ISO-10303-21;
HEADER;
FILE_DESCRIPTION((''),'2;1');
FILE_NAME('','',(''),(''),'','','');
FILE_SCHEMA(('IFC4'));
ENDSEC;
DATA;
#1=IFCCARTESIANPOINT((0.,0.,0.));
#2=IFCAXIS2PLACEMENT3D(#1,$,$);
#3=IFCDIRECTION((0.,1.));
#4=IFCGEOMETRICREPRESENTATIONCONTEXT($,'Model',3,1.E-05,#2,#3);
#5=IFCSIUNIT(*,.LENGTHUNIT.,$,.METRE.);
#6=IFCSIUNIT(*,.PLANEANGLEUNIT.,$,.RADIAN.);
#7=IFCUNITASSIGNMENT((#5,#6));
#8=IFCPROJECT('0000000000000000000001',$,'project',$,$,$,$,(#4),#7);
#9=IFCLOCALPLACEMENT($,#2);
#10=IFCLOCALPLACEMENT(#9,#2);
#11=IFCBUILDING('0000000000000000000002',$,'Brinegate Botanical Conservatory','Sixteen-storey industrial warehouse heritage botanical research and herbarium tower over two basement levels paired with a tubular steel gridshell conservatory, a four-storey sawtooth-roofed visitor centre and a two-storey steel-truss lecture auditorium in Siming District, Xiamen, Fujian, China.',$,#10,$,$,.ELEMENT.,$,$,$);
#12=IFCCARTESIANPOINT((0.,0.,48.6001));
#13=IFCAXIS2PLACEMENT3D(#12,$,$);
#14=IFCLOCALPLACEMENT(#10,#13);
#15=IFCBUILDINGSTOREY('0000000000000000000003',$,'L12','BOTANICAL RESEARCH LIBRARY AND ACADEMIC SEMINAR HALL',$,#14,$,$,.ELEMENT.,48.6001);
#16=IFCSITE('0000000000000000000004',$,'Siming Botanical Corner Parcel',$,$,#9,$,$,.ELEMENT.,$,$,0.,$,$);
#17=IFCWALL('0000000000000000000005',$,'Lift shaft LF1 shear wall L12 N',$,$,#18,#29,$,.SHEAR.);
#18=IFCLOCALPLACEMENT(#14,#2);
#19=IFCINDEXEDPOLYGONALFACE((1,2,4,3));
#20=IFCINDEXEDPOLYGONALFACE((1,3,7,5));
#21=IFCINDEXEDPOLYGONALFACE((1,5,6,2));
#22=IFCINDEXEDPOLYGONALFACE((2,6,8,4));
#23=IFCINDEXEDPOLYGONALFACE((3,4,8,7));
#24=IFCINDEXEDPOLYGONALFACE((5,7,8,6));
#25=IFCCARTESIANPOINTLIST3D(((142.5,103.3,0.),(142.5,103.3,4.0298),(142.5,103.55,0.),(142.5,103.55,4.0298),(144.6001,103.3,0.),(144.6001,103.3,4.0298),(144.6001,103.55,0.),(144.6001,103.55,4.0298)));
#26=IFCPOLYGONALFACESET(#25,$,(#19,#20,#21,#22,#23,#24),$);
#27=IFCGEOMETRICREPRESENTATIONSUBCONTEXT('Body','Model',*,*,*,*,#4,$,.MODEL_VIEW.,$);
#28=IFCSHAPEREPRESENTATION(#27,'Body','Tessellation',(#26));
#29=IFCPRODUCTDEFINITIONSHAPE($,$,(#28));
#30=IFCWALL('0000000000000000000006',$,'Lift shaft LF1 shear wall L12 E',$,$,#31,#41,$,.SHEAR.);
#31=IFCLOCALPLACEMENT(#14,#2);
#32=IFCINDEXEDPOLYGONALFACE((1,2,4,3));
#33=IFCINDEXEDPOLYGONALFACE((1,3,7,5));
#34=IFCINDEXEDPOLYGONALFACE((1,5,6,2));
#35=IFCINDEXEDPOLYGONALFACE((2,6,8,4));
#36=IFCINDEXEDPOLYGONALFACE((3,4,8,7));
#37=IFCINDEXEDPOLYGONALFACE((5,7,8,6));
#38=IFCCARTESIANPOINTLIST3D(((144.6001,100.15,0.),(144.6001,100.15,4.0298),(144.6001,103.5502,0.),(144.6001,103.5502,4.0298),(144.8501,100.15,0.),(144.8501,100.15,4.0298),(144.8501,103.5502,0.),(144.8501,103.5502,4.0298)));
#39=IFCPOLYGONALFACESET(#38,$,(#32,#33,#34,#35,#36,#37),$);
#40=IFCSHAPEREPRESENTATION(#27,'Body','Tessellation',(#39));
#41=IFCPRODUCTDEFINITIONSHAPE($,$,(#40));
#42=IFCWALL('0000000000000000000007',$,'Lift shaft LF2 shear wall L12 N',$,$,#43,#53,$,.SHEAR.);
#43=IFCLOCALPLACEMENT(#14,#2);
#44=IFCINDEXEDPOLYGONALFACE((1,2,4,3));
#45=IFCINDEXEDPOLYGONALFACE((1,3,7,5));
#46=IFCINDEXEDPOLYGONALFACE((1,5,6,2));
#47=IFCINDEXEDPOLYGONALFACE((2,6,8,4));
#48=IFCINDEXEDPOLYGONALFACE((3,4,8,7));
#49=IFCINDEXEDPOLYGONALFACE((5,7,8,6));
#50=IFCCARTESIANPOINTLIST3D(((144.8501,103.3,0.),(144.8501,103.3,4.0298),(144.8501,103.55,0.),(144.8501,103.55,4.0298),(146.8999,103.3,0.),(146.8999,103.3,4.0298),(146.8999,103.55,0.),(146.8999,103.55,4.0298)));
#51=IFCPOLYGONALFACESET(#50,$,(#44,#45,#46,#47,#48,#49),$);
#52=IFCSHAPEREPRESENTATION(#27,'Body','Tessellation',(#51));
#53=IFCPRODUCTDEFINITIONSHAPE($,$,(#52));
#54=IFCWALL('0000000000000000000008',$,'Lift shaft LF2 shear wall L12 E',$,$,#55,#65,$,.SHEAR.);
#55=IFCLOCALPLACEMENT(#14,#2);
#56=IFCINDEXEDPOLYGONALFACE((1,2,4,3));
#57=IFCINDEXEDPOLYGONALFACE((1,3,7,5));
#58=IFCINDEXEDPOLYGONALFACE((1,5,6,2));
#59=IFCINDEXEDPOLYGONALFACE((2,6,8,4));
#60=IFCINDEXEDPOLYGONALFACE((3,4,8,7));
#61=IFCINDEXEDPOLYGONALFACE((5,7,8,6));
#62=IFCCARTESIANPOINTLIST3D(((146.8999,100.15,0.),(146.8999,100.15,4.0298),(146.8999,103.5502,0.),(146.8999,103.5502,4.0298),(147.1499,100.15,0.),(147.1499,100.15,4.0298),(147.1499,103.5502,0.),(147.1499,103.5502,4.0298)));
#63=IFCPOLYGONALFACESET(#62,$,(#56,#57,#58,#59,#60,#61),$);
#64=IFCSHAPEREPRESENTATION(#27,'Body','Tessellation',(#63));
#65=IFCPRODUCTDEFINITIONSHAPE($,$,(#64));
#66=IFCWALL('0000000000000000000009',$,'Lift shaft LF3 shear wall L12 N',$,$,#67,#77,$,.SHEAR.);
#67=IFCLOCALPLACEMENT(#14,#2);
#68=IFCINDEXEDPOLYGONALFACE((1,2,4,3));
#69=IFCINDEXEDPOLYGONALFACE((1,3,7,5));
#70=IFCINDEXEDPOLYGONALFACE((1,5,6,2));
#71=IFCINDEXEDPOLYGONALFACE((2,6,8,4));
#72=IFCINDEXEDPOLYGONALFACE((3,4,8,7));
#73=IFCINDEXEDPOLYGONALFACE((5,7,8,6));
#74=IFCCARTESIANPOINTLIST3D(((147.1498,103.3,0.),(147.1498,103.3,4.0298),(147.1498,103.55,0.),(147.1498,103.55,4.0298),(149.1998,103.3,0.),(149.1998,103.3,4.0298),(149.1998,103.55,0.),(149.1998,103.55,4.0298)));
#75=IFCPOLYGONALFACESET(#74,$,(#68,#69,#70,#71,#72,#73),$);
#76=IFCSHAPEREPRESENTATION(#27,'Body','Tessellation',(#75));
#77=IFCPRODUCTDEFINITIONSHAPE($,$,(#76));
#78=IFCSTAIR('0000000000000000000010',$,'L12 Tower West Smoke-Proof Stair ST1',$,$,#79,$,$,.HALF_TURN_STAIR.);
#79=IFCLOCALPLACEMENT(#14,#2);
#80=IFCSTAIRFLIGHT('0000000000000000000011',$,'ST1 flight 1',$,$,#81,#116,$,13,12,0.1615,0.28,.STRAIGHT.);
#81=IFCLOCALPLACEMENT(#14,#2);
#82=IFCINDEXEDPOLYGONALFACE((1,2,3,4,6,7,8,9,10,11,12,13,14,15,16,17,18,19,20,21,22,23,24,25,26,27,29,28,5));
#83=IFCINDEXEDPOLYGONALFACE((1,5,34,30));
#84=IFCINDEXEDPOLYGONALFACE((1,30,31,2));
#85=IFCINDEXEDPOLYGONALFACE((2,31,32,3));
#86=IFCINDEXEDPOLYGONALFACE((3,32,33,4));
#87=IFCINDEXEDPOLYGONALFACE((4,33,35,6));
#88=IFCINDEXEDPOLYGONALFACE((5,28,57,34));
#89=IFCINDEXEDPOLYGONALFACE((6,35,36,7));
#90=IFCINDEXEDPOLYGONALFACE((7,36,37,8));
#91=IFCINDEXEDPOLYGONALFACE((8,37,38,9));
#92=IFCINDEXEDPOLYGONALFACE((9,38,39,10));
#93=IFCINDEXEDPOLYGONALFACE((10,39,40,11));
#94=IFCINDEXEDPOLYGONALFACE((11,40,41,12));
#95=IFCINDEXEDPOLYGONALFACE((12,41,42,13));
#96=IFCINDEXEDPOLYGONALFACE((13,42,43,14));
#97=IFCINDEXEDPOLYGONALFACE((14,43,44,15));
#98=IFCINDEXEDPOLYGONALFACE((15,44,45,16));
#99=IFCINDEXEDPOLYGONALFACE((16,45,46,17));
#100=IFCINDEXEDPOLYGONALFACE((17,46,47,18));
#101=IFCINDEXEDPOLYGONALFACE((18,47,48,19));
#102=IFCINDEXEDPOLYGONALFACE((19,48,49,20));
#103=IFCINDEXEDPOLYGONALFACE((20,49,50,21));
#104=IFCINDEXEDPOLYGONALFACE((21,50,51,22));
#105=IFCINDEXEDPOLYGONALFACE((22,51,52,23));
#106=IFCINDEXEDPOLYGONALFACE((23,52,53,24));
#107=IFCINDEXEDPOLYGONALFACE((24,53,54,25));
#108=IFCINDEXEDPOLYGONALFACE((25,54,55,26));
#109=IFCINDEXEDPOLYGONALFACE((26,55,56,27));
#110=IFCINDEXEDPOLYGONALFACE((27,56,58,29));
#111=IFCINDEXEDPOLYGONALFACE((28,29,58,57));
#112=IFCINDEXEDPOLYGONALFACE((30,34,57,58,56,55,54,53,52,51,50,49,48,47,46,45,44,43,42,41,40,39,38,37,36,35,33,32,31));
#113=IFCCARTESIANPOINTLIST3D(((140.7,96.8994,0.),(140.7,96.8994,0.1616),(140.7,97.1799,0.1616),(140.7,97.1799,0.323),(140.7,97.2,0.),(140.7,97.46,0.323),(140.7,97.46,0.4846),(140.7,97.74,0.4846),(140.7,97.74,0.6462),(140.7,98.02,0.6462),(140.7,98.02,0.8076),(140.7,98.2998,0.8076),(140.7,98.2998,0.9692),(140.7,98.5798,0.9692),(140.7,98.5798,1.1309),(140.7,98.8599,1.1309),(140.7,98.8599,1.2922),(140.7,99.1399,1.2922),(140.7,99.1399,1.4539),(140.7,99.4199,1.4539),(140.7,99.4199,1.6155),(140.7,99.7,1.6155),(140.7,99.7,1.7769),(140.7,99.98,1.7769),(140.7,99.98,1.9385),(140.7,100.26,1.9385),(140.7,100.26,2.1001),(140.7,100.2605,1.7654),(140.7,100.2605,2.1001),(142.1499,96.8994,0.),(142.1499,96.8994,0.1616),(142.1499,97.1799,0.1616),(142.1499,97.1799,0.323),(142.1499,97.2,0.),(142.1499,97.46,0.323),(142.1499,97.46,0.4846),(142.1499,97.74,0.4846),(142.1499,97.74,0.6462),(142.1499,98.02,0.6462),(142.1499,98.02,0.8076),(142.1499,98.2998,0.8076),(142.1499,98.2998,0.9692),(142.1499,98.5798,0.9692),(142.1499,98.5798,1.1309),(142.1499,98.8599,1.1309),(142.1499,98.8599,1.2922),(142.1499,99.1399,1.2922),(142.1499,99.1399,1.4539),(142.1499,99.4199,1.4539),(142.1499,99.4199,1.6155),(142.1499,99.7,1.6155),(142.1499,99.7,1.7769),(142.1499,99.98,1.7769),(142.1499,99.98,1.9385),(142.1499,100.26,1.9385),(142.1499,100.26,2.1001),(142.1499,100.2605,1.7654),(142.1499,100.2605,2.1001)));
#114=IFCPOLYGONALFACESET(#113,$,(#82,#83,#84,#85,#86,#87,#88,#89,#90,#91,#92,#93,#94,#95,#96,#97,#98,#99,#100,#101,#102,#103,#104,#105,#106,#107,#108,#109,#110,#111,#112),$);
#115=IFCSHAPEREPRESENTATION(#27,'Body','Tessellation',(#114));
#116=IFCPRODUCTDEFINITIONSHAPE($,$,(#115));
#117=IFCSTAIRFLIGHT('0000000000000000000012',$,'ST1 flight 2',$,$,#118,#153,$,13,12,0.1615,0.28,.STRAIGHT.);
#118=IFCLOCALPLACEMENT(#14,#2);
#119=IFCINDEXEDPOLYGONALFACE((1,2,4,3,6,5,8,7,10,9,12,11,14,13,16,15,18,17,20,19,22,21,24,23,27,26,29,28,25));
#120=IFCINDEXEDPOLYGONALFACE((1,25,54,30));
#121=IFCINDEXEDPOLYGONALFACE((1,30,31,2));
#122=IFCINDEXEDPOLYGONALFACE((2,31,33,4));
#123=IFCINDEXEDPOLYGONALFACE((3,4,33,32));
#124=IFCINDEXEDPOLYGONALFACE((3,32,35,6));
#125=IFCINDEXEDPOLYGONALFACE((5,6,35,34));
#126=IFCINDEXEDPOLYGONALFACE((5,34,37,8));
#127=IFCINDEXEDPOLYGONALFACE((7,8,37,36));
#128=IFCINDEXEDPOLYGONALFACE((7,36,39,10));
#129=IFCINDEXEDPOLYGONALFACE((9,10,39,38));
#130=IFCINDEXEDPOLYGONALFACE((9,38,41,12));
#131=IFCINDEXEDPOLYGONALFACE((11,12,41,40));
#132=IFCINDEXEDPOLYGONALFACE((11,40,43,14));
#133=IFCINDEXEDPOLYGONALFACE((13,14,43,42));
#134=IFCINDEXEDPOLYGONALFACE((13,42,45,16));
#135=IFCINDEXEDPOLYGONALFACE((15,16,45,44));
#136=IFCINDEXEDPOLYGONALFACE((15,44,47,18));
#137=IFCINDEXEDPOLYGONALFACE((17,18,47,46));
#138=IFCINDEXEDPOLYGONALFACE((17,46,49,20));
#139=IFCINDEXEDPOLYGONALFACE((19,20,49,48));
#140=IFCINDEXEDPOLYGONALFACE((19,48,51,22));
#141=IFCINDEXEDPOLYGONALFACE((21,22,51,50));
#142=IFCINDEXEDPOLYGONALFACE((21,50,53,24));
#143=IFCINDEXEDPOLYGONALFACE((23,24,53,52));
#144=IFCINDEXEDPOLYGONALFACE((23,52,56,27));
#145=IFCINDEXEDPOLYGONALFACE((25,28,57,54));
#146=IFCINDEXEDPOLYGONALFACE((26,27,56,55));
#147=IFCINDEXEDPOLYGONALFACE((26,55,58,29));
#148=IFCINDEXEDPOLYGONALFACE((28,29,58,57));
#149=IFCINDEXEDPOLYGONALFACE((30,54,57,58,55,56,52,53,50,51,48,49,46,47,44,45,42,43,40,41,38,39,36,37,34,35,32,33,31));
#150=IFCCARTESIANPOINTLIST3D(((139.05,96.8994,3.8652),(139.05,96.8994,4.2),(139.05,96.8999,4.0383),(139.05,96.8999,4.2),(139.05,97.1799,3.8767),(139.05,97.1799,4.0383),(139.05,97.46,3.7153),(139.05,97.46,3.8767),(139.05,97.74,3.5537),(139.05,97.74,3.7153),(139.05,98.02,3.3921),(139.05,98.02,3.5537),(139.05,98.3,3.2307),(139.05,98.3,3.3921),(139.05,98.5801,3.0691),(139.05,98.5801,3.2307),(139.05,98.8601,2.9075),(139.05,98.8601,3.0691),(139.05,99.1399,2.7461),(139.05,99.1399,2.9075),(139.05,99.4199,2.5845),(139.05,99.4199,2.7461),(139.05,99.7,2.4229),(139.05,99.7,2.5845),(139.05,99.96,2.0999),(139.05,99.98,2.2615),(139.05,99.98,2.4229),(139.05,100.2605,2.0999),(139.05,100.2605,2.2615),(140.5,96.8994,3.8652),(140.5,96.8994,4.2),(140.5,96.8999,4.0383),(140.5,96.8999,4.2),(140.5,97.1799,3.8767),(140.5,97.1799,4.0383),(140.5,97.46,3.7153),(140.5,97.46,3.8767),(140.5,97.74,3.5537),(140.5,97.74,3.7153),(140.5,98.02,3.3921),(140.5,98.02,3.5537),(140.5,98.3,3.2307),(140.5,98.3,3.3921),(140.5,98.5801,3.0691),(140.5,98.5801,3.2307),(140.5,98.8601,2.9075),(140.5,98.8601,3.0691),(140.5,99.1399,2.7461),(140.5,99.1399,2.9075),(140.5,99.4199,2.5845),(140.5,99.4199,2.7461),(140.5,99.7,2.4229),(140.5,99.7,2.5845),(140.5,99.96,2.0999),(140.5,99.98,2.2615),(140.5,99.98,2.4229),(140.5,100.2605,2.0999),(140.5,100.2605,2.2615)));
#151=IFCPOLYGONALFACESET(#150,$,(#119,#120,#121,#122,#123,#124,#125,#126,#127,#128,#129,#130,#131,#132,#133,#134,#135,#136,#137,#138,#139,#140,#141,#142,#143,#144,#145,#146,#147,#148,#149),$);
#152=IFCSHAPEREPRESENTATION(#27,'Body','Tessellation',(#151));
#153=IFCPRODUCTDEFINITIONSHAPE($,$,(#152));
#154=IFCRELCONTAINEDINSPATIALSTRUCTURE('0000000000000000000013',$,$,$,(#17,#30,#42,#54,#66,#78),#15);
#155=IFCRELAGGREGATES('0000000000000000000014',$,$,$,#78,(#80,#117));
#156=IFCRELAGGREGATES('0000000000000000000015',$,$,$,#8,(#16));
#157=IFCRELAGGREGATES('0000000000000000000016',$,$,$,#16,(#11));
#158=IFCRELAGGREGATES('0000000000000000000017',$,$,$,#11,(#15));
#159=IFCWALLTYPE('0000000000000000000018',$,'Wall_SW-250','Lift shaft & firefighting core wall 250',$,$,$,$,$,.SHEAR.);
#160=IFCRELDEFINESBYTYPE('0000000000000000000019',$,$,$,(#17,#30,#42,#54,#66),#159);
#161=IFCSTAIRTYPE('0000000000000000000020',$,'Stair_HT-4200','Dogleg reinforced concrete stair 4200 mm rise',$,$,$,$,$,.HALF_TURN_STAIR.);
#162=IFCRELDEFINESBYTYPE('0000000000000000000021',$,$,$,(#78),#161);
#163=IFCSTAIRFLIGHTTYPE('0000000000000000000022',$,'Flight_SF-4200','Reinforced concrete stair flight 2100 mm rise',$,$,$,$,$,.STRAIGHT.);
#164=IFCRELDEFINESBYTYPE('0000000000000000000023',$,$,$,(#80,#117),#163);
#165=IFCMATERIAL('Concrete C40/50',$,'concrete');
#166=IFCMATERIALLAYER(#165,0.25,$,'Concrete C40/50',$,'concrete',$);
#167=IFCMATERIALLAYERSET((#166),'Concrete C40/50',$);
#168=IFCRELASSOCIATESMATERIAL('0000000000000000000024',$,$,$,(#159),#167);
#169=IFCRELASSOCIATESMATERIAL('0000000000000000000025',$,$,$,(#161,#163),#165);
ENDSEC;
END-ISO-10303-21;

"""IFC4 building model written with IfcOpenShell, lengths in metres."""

from ifc_helpers import new_model, si_unit, direction, frame, frame_2d, origin, place, context, subcontext, project, spatial, polyline, rectangle, outline, extrude, material, layer, layer_set, type_object, element, aggregate, save


model = new_model("IFC4")

# Units and contexts
model_context = context("Model", 3, precision=1e-05, world=origin(), true_north=direction((0.0, 1.0)))
body_context = subcontext(model_context, "Body", "Model", "MODEL_VIEW")
ifc_project = project(units=[si_unit("LENGTHUNIT", "METRE"), si_unit("PLANEANGLEUNIT", "RADIAN")], contexts=[model_context])

# Site, building, storey
site_placement = place(None, origin())
site = spatial("IfcSite", under=ifc_project, at=site_placement, Name="Siming Botanical Corner Parcel", CompositionType="ELEMENT", RefElevation=0.0)
building_placement = place(site_placement, origin())
building = spatial("IfcBuilding", under=site, at=building_placement, Name="Brinegate Botanical Conservatory", Description="Sixteen-storey industrial warehouse heritage botanical research and herbarium tower over two basement levels paired with a tubular steel gridshell conservatory, a four-storey sawtooth-roofed visitor centre and a two-storey steel-truss lecture auditorium in Siming District, Xiamen, Fujian, China.", CompositionType="ELEMENT")
storey_placement = place(building_placement, frame((0.0, 0.0, 48.6001)))
storey = spatial("IfcBuildingStorey", under=building, at=storey_placement, Name="L12", Description="BOTANICAL RESEARCH LIBRARY AND ACADEMIC SEMINAR HALL", CompositionType="ELEMENT", Elevation=48.6001)

# Shared definitions
ifc_material_1 = material(Name="Concrete C40/50", Category="concrete")
ifc_layer = layer(ifc_material_1, 0.25, Name="Concrete C40/50", Category="concrete")
ifc_layer_set = layer_set([ifc_layer], Name="Concrete C40/50")
wall_type = type_object("IfcWallType", Name="Wall_SW-250", Description="Lift shaft & firefighting core wall 250", PredefinedType="SHEAR", material=ifc_layer_set)

# Walls
wall_1_placement = place(storey_placement, frame((142.5, 103.425, 0.0), z_axis=(0.0, 0.0, 1.0), x_axis=(1.0, 0.0, 0.0)))
element("IfcWall", 1, at=wall_1_placement, inside=storey, type_object=wall_type, Name="Lift shaft LF1 shear wall L12 N", PredefinedType="SHEAR", context=body_context, shape_type="SweptSolid", body=[
    extrude(rectangle(XDim=2.1001, YDim=0.25, at=frame_2d((1.05, 0.0))), origin(), (0.0, 0.0, 1.0), 4.0298),
])
wall_2_placement = place(storey_placement, frame((144.7251, 100.1499, 0.0), z_axis=(0.0, 0.0, 1.0), x_axis=(0.0, 1.0, 0.0)))
element("IfcWall", 2, at=wall_2_placement, inside=storey, type_object=wall_type, Name="Lift shaft LF1 shear wall L12 E", PredefinedType="SHEAR", context=body_context, shape_type="SweptSolid", body=[
    extrude(rectangle(XDim=3.4001, YDim=0.25, at=frame_2d((1.7002, 0.0))), origin(), (0.0, 0.0, 1.0), 4.0298),
])

# Walls
wall_3_placement = place(storey_placement, frame((144.8501, 103.425, 0.0), z_axis=(0.0, 0.0, 1.0), x_axis=(1.0, 0.0, 0.0)))
element("IfcWall", 3, at=wall_3_placement, inside=storey, type_object=wall_type, Name="Lift shaft LF2 shear wall L12 N", PredefinedType="SHEAR", context=body_context, shape_type="SweptSolid", body=[
    extrude(rectangle(XDim=2.0498, YDim=0.25, at=frame_2d((1.0249, 0.0))), origin(), (0.0, 0.0, 1.0), 4.0298),
])
wall_4_placement = place(storey_placement, frame((147.0249, 100.1499, 0.0), z_axis=(0.0, 0.0, 1.0), x_axis=(0.0, 1.0, 0.0)))
element("IfcWall", 4, at=wall_4_placement, inside=storey, type_object=wall_type, Name="Lift shaft LF2 shear wall L12 E", PredefinedType="SHEAR", context=body_context, shape_type="SweptSolid", body=[
    extrude(rectangle(XDim=3.4001, YDim=0.25, at=frame_2d((1.7002, 0.0))), origin(), (0.0, 0.0, 1.0), 4.0298),
])

# Wall
wall_5_placement = place(storey_placement, frame((147.1499, 103.425, 0.0), z_axis=(0.0, 0.0, 1.0), x_axis=(1.0, 0.0, 0.0)))
element("IfcWall", 5, at=wall_5_placement, inside=storey, type_object=wall_type, Name="Lift shaft LF3 shear wall L12 N", PredefinedType="SHEAR", context=body_context, shape_type="SweptSolid", body=[
    extrude(rectangle(XDim=2.05, YDim=0.25, at=frame_2d((1.0249, 0.0))), origin(), (0.0, 0.0, 1.0), 4.0298),
])

# Stair, stair flights
stair_type = type_object("IfcStairType", Name="Stair_HT-4200", Description="Dogleg reinforced concrete stair 4200 mm rise", PredefinedType="HALF_TURN_STAIR", material=ifc_material_1)
stair_placement = place(storey_placement, origin())
stair = element("IfcStair", 6, at=stair_placement, inside=storey, type_object=stair_type, Name="L12 Tower West Smoke-Proof Stair ST1", PredefinedType="HALF_TURN_STAIR")
stair_flight_type = type_object("IfcStairFlightType", Name="Flight_SF-4200", Description="Reinforced concrete stair flight 2100 mm rise", PredefinedType="STRAIGHT", material=ifc_material_1)
stair_flight_1_placement = place(storey_placement, frame((141.425, 96.8999, 0.0), z_axis=(0.0, 0.0, 1.0), x_axis=(0.0, 1.0, 0.0)))
stair_flight_1 = element("IfcStairFlight", 7, at=stair_flight_1_placement, type_object=stair_flight_type, Name="ST1 flight 1", NumberOfRisers=13, NumberOfTreads=12, PredefinedType="STRAIGHT", RiserHeight=0.1615, TreadLength=0.28, context=body_context, shape_type="SweptSolid", body=[
    extrude(outline(polyline([(-0.0005, 0.0), (-0.0005, 0.1616), (0.28, 0.1616), (0.28, 0.323), (0.5601, 0.323), (0.5601, 0.4846), (0.8401, 0.4846), (0.8401, 0.6462), (1.1201, 0.6462), (1.1201, 0.8076), (1.3999, 0.8076), (1.3999, 0.9692), (1.6799, 0.9692), (1.6799, 1.1309), (1.96, 1.1309), (1.96, 1.2922), (2.24, 1.2922), (2.24, 1.4539), (2.52, 1.4539), (2.52, 1.6155), (2.8, 1.6155), (2.8, 1.7769), (3.0801, 1.7769), (3.0801, 1.9385), (3.3601, 1.9385), (3.3601, 2.1001), (3.3606, 2.1001), (3.3606, 1.7654), (0.3, 0.0), (-0.0005, 0.0)])), frame((0.0, 0.7251, 0.0), z_axis=(0.0, -1.0, 0.0), x_axis=(1.0, 0.0, 0.0)), (0.0, 0.0, 1.0), 1.45),
])
stair_flight_2_placement = place(storey_placement, frame((139.7749, 100.26, 2.0999), z_axis=(0.0, 0.0, 1.0), x_axis=(0.0, -1.0, 0.0)))
stair_flight_2 = element("IfcStairFlight", 8, at=stair_flight_2_placement, type_object=stair_flight_type, Name="ST1 flight 2", NumberOfRisers=13, NumberOfTreads=12, PredefinedType="STRAIGHT", RiserHeight=0.1615, TreadLength=0.28, context=body_context, shape_type="SweptSolid", body=[
    extrude(outline(polyline([(-0.0005, 0.0), (-0.0005, 0.1616), (0.28, 0.1616), (0.28, 0.323), (0.5601, 0.323), (0.5601, 0.4846), (0.8401, 0.4846), (0.8401, 0.6462), (1.1201, 0.6462), (1.1201, 0.8076), (1.3999, 0.8076), (1.3999, 0.9692), (1.6799, 0.9692), (1.6799, 1.1309), (1.96, 1.1309), (1.96, 1.2922), (2.24, 1.2922), (2.24, 1.4539), (2.52, 1.4539), (2.52, 1.6155), (2.8, 1.6155), (2.8, 1.7769), (3.0801, 1.7769), (3.0801, 1.9385), (3.3601, 1.9385), (3.3601, 2.1001), (3.3606, 2.1001), (3.3606, 1.7654), (0.3, 0.0), (-0.0005, 0.0)])), frame((0.0, 0.7251, 0.0), z_axis=(0.0, -1.0, 0.0), x_axis=(1.0, 0.0, 0.0)), (0.0, 0.0, 1.0), 1.45),
])
aggregate(stair, [stair_flight_1, stair_flight_2])

save(model, "model.ifc")
